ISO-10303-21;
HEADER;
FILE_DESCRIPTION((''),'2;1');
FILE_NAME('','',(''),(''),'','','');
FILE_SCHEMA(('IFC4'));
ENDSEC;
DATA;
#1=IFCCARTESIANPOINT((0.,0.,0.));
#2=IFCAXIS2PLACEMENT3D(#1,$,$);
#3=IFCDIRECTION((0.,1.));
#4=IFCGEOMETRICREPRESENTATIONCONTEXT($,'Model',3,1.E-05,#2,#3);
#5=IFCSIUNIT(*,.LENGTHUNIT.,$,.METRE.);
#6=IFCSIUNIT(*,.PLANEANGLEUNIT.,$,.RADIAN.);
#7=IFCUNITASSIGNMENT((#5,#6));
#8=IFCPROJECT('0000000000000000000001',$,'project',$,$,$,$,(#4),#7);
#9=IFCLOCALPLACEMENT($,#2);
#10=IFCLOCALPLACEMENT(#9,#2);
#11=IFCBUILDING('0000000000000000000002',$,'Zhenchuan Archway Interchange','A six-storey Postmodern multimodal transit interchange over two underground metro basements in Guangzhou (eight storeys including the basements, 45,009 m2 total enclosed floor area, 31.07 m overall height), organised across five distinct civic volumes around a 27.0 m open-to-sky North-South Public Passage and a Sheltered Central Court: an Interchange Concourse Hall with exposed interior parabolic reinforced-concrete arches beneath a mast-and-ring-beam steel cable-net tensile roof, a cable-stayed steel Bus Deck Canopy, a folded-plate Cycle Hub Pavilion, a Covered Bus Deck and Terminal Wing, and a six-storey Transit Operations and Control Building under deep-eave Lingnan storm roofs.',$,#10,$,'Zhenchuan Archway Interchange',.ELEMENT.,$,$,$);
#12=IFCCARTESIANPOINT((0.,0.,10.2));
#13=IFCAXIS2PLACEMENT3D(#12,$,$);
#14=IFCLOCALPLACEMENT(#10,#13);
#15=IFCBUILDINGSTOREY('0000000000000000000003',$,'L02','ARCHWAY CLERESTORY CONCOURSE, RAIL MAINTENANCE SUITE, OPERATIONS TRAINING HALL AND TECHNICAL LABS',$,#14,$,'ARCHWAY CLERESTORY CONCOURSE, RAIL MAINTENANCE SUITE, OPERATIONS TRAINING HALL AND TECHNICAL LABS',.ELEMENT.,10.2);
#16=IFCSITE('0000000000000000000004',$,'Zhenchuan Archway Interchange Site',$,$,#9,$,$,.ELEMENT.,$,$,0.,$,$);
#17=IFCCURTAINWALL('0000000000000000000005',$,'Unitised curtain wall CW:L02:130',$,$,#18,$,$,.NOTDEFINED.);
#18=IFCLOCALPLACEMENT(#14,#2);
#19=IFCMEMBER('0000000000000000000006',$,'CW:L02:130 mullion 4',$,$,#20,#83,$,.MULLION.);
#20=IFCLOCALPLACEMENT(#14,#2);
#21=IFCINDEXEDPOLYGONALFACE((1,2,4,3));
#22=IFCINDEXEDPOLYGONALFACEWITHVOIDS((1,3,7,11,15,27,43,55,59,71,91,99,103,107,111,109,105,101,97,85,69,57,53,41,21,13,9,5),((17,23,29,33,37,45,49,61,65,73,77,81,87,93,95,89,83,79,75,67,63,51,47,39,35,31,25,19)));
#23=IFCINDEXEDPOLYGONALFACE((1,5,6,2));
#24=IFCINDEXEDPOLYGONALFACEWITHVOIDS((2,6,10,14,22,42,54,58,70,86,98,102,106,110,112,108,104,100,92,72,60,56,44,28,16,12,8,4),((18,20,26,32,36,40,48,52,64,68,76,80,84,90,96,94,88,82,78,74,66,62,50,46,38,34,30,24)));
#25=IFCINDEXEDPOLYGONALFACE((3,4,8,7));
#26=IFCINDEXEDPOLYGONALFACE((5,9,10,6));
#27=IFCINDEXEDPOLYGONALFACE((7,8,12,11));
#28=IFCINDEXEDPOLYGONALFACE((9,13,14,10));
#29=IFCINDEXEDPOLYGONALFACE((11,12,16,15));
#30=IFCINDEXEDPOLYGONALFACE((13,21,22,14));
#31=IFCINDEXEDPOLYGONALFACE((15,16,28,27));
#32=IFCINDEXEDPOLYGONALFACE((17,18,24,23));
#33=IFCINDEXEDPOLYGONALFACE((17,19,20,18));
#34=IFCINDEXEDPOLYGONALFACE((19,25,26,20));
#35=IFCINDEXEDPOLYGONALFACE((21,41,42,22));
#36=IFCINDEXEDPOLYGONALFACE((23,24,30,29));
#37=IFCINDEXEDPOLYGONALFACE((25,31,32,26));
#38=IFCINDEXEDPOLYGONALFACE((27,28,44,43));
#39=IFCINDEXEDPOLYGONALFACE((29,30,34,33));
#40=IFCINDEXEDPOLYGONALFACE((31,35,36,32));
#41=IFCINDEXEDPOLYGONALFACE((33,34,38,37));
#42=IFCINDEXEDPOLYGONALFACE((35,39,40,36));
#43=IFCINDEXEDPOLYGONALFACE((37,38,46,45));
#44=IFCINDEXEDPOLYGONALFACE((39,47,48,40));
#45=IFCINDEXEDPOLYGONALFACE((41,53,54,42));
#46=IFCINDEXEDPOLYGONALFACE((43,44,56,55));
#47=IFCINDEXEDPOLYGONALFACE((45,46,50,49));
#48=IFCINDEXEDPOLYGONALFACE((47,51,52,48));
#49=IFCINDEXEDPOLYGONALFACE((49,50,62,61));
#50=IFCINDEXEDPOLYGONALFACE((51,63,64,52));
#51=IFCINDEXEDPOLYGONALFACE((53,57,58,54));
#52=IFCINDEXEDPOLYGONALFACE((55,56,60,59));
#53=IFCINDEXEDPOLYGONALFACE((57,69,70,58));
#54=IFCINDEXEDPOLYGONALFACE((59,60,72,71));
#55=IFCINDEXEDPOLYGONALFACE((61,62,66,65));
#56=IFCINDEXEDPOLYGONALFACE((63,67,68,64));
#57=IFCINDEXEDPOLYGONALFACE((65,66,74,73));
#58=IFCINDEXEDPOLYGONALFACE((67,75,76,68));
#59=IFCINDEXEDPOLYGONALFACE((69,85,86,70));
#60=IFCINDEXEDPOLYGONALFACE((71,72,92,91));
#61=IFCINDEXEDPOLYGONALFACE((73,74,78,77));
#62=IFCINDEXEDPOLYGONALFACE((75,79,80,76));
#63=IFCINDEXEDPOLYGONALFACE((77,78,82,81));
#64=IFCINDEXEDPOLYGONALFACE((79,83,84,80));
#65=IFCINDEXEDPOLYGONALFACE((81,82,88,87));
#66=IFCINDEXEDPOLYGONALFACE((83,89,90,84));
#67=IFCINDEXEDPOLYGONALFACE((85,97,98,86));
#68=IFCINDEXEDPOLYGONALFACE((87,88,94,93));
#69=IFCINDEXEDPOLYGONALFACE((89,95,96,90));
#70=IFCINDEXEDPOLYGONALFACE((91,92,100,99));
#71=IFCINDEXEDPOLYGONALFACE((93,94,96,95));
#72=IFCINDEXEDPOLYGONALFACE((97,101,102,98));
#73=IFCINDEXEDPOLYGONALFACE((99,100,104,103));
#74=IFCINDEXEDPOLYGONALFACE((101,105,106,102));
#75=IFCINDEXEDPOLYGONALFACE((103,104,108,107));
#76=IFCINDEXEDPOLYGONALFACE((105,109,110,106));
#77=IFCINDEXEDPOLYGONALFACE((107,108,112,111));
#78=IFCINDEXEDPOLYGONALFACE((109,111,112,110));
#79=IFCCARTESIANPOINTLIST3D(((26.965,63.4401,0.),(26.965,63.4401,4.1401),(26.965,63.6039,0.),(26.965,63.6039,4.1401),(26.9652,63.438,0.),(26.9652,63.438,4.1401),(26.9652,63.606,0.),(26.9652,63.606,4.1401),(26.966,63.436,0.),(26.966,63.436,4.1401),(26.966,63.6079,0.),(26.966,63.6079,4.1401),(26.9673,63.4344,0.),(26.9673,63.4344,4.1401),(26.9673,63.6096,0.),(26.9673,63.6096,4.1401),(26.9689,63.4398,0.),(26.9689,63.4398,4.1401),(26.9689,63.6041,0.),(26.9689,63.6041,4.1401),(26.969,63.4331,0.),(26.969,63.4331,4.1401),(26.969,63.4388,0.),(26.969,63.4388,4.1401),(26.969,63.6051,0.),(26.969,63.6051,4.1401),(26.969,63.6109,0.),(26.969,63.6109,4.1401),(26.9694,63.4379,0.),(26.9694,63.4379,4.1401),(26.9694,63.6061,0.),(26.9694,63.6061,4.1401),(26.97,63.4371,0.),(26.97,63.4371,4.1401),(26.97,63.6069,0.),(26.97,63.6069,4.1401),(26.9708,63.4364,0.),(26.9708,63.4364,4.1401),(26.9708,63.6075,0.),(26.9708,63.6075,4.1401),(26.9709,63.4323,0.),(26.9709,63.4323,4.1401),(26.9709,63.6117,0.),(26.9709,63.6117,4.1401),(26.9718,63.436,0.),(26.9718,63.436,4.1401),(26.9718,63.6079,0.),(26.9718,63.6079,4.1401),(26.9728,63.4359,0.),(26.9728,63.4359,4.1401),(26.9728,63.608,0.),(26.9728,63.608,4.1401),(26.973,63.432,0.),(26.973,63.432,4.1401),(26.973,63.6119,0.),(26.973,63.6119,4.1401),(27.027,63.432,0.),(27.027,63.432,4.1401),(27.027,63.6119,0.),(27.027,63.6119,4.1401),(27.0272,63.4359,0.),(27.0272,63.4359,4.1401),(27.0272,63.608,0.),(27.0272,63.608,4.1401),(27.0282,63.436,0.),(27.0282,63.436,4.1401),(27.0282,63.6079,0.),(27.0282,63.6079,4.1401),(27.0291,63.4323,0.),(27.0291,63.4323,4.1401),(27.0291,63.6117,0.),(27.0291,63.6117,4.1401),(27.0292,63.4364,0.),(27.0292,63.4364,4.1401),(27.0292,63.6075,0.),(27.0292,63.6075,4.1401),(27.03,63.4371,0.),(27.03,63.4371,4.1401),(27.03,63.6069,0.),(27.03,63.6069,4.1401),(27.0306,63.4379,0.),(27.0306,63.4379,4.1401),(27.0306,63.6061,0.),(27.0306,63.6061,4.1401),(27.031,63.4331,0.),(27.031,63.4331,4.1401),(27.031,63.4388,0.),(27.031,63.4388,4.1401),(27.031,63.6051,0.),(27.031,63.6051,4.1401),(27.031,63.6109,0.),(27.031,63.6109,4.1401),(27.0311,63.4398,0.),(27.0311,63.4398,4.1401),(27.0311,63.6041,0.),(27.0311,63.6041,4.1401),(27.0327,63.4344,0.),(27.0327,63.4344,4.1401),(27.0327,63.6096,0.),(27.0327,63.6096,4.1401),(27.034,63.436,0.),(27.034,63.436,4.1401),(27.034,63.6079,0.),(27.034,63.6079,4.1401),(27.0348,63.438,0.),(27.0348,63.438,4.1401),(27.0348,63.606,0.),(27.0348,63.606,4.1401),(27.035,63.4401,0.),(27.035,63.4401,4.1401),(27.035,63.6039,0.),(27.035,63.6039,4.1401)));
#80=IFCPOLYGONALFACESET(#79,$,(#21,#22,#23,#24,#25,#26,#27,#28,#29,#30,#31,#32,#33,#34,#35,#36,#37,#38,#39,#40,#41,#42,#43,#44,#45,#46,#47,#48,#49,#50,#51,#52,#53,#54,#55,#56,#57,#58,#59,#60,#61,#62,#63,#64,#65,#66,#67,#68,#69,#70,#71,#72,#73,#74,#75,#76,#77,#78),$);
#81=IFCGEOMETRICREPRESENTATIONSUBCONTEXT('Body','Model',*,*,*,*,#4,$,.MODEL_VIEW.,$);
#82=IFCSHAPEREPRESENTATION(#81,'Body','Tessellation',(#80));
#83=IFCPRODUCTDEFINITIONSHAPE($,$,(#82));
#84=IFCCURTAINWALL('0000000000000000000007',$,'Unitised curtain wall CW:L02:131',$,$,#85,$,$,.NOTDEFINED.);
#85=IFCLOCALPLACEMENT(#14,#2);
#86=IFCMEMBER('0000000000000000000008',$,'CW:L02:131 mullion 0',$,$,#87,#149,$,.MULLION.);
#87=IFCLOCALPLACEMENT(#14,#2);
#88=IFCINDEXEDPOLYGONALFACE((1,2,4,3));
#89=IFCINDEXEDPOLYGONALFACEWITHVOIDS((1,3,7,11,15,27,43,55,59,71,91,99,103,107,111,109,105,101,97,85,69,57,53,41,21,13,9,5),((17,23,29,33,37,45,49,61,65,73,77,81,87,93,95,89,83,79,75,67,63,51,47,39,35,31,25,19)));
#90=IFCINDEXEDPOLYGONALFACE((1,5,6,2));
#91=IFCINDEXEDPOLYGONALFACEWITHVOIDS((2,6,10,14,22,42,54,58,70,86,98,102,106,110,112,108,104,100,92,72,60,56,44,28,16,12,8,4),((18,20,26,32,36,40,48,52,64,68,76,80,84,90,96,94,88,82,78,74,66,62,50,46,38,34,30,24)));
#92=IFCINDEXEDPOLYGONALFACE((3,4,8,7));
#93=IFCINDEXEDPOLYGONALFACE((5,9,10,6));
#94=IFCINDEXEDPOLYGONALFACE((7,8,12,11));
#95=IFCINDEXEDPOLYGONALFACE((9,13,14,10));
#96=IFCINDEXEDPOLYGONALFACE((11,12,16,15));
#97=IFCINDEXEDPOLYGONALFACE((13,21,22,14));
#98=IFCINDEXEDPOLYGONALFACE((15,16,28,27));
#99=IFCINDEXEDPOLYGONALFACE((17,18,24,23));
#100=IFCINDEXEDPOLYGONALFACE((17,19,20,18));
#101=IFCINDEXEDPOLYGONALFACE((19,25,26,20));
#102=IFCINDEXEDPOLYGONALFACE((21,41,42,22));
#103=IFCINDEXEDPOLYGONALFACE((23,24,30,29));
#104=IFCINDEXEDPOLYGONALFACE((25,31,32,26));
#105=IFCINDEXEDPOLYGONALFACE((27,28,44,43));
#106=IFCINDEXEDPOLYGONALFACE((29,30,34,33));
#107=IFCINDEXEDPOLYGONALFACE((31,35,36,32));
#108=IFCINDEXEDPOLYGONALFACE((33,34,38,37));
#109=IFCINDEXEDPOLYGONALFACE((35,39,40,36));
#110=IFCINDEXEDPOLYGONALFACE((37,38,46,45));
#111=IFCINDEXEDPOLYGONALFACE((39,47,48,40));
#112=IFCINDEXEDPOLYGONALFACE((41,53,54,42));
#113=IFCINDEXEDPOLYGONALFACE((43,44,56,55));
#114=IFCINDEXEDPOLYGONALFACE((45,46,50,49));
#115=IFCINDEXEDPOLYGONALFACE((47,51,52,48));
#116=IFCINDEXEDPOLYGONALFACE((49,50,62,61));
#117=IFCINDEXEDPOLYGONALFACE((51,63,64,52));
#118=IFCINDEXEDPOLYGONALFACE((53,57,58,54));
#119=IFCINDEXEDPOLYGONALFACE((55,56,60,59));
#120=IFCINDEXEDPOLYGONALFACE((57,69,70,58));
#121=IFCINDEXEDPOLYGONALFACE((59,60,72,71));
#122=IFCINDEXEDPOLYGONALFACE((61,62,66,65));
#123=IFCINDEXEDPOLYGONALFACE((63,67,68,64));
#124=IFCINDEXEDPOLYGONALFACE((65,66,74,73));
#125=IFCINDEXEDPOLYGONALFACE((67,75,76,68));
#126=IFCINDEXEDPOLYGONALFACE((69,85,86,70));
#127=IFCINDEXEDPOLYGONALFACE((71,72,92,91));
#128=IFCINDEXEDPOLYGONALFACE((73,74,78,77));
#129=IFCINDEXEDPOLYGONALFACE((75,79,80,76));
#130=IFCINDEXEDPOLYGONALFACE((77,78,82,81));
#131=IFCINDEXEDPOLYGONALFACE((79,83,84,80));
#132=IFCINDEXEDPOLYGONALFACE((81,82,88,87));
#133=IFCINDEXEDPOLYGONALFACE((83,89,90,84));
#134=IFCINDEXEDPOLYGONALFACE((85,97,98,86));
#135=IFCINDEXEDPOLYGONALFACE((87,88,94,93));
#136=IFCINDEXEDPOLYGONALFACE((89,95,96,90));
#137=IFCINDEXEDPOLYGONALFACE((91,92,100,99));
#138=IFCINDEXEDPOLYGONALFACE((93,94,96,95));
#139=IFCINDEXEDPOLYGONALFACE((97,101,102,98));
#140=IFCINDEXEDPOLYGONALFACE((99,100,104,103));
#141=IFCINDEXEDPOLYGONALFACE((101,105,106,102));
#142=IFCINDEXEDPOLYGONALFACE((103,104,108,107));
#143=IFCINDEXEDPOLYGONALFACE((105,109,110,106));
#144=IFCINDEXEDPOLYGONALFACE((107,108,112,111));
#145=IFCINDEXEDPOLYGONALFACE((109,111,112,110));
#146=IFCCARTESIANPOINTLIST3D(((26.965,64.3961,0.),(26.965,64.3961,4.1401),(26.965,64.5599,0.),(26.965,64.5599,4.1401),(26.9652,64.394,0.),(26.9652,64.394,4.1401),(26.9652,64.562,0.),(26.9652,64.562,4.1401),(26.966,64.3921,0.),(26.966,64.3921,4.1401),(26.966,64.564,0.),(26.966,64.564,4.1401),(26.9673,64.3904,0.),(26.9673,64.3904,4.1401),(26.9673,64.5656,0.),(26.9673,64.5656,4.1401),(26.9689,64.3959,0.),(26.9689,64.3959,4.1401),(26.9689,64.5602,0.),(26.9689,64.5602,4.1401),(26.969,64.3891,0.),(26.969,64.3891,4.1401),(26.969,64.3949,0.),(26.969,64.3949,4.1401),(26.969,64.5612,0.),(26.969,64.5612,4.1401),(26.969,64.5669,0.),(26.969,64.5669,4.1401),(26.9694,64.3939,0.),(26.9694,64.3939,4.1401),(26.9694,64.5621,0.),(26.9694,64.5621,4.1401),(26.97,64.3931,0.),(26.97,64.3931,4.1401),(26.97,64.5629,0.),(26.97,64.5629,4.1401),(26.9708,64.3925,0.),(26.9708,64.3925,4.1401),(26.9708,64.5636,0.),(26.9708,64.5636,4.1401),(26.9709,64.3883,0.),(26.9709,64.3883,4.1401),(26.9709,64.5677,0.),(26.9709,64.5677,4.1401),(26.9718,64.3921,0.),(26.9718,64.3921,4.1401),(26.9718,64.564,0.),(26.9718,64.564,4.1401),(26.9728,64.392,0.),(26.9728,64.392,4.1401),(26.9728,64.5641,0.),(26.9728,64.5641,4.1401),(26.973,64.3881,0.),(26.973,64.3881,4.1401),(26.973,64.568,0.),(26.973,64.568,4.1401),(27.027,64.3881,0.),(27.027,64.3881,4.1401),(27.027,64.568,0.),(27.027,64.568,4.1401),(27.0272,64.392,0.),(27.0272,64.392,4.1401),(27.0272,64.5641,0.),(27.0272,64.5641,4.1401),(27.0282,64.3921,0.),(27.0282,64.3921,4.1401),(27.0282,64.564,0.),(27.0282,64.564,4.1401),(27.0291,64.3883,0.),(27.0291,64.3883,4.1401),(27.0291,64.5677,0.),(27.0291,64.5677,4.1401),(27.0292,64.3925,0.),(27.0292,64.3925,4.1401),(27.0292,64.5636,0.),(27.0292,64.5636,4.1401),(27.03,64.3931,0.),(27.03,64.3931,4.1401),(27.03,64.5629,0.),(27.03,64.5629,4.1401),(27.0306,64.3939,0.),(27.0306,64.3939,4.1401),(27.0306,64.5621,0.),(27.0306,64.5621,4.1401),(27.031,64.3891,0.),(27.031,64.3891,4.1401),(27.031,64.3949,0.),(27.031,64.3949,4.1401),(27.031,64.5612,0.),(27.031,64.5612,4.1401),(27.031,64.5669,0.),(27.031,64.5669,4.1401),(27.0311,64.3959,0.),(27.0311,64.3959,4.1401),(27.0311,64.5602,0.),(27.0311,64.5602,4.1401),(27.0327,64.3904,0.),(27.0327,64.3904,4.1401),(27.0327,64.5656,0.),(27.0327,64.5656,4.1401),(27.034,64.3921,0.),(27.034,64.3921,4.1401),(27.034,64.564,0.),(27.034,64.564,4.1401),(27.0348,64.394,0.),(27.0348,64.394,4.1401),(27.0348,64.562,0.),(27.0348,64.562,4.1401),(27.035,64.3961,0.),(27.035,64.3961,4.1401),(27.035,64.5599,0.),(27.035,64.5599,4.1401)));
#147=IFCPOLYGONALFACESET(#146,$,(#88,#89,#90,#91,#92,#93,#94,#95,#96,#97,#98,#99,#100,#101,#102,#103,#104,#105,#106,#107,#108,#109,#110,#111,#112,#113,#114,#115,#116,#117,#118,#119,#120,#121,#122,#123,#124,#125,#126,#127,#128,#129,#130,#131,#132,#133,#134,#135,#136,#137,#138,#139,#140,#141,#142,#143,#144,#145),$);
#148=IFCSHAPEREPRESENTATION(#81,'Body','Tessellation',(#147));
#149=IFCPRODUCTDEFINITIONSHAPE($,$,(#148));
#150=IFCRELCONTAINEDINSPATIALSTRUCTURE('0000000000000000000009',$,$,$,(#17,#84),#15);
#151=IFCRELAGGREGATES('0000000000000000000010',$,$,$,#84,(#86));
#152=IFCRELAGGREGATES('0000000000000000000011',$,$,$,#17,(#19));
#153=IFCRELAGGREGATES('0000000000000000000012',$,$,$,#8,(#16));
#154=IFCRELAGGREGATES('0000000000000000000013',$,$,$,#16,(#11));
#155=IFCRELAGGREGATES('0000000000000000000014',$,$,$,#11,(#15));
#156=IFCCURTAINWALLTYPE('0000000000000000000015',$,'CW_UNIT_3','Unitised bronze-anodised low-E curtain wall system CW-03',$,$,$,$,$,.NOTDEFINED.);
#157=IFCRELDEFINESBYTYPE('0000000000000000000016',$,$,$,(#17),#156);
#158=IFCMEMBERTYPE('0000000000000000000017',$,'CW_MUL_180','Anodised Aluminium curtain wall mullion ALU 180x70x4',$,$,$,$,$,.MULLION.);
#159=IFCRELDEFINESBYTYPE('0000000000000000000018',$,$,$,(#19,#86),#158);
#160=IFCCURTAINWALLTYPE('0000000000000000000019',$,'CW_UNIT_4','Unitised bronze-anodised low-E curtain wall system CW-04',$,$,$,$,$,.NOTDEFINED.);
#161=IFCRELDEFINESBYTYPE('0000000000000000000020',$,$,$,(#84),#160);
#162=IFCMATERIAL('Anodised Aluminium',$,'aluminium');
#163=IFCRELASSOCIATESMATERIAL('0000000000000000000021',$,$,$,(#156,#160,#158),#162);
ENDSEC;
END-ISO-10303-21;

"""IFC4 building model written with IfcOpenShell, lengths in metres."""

from ifc_helpers import new_model, si_unit, direction, frame, origin, origin_2d, place, context, subcontext, project, spatial, hollow_rectangle, extrude, material, material_profile, profile_set, type_object, element, aggregate, save


model = new_model("IFC4")

# Units and contexts
model_context = context("Model", 3, precision=1e-05, world=origin(), true_north=direction((0.0, 1.0)))
body_context = subcontext(model_context, "Body", "Model", "MODEL_VIEW")
ifc_project = project(units=[si_unit("LENGTHUNIT", "METRE"), si_unit("PLANEANGLEUNIT", "RADIAN")], contexts=[model_context])

# Site, building, storey
site_placement = place(None, origin())
site = spatial("IfcSite", under=ifc_project, at=site_placement, Name="Zhenchuan Archway Interchange Site", CompositionType="ELEMENT", RefElevation=0.0)
building_placement = place(site_placement, origin())
building = spatial("IfcBuilding", under=site, at=building_placement, Name="Zhenchuan Archway Interchange", Description="A six-storey Postmodern multimodal transit interchange over two underground metro basements in Guangzhou (eight storeys including the basements, 45,009 m2 total enclosed floor area, 31.07 m overall height), organised across five distinct civic volumes around a 27.0 m open-to-sky North-South Public Passage and a Sheltered Central Court: an Interchange Concourse Hall with exposed interior parabolic reinforced-concrete arches beneath a mast-and-ring-beam steel cable-net tensile roof, a cable-stayed steel Bus Deck Canopy, a folded-plate Cycle Hub Pavilion, a Covered Bus Deck and Terminal Wing, and a six-storey Transit Operations and Control Building under deep-eave Lingnan storm roofs.", LongName="Zhenchuan Archway Interchange", CompositionType="ELEMENT")
storey_placement = place(building_placement, frame((0.0, 0.0, 10.2)))
storey = spatial("IfcBuildingStorey", under=building, at=storey_placement, Name="L02", Description="ARCHWAY CLERESTORY CONCOURSE, RAIL MAINTENANCE SUITE, OPERATIONS TRAINING HALL AND TECHNICAL LABS", LongName="ARCHWAY CLERESTORY CONCOURSE, RAIL MAINTENANCE SUITE, OPERATIONS TRAINING HALL AND TECHNICAL LABS", CompositionType="ELEMENT", Elevation=10.2)

# Curtain wall, member
ifc_material_1 = material(Name="Anodised Aluminium", Category="aluminium")
curtain_wall_type_1 = type_object("IfcCurtainWallType", Name="CW_UNIT_3", Description="Unitised bronze-anodised low-E curtain wall system CW-03", PredefinedType="NOTDEFINED", material=ifc_material_1)
curtain_wall_1_placement = place(storey_placement, origin())
curtain_wall_1 = element("IfcCurtainWall", 1, at=curtain_wall_1_placement, inside=storey, type_object=curtain_wall_type_1, Name="Unitised curtain wall CW:L02:130", PredefinedType="NOTDEFINED")
ifc_material_profile_1 = material_profile(ifc_material_1, hollow_rectangle(XDim=0.0701, YDim=0.1799, WallThickness=0.0039, InnerFilletRadius=0.0039, OuterFilletRadius=0.0081, at=origin_2d()), Name="ALU 180x70x4")
ifc_profile_set_1 = profile_set([ifc_material_profile_1], Name="Anodised Aluminium")
member_type_1 = type_object("IfcMemberType", Name="CW_MUL_180", Description="Anodised Aluminium curtain wall mullion ALU 180x70x4", PredefinedType="MULLION", material=ifc_profile_set_1)
member_1_placement = place(storey_placement, frame((27.0, 63.522, 0.0), z_axis=(0.0, 0.0, 1.0), x_axis=(1.0, 0.0, 0.0)))
member_1 = element("IfcMember", 2, at=member_1_placement, type_object=member_type_1, Name="CW:L02:130 mullion 4", PredefinedType="MULLION", context=body_context, shape_type="SweptSolid", body=[
    extrude(hollow_rectangle(XDim=0.0701, YDim=0.1799, WallThickness=0.0039, InnerFilletRadius=0.0039, OuterFilletRadius=0.0081, at=origin_2d()), origin(), (0.0, 0.0, 1.0), 4.1401),
])

# Curtain wall, member
curtain_wall_type_2 = type_object("IfcCurtainWallType", Name="CW_UNIT_4", Description="Unitised bronze-anodised low-E curtain wall system CW-04", PredefinedType="NOTDEFINED", material=ifc_material_1)
curtain_wall_2_placement = place(storey_placement, origin())
curtain_wall_2 = element("IfcCurtainWall", 3, at=curtain_wall_2_placement, inside=storey, type_object=curtain_wall_type_2, Name="Unitised curtain wall CW:L02:131", PredefinedType="NOTDEFINED")
member_2_placement = place(storey_placement, frame((27.0, 64.478, 0.0), z_axis=(0.0, 0.0, 1.0), x_axis=(1.0, 0.0, 0.0)))
member_2 = element("IfcMember", 4, at=member_2_placement, type_object=member_type_1, Name="CW:L02:131 mullion 0", PredefinedType="MULLION", context=body_context, shape_type="SweptSolid", body=[
    extrude(hollow_rectangle(XDim=0.0701, YDim=0.1799, WallThickness=0.0039, InnerFilletRadius=0.0039, OuterFilletRadius=0.0081, at=origin_2d()), origin(), (0.0, 0.0, 1.0), 4.1401),
])

aggregate(curtain_wall_2, [member_2])
aggregate(curtain_wall_1, [member_1])

save(model, "model.ifc")
